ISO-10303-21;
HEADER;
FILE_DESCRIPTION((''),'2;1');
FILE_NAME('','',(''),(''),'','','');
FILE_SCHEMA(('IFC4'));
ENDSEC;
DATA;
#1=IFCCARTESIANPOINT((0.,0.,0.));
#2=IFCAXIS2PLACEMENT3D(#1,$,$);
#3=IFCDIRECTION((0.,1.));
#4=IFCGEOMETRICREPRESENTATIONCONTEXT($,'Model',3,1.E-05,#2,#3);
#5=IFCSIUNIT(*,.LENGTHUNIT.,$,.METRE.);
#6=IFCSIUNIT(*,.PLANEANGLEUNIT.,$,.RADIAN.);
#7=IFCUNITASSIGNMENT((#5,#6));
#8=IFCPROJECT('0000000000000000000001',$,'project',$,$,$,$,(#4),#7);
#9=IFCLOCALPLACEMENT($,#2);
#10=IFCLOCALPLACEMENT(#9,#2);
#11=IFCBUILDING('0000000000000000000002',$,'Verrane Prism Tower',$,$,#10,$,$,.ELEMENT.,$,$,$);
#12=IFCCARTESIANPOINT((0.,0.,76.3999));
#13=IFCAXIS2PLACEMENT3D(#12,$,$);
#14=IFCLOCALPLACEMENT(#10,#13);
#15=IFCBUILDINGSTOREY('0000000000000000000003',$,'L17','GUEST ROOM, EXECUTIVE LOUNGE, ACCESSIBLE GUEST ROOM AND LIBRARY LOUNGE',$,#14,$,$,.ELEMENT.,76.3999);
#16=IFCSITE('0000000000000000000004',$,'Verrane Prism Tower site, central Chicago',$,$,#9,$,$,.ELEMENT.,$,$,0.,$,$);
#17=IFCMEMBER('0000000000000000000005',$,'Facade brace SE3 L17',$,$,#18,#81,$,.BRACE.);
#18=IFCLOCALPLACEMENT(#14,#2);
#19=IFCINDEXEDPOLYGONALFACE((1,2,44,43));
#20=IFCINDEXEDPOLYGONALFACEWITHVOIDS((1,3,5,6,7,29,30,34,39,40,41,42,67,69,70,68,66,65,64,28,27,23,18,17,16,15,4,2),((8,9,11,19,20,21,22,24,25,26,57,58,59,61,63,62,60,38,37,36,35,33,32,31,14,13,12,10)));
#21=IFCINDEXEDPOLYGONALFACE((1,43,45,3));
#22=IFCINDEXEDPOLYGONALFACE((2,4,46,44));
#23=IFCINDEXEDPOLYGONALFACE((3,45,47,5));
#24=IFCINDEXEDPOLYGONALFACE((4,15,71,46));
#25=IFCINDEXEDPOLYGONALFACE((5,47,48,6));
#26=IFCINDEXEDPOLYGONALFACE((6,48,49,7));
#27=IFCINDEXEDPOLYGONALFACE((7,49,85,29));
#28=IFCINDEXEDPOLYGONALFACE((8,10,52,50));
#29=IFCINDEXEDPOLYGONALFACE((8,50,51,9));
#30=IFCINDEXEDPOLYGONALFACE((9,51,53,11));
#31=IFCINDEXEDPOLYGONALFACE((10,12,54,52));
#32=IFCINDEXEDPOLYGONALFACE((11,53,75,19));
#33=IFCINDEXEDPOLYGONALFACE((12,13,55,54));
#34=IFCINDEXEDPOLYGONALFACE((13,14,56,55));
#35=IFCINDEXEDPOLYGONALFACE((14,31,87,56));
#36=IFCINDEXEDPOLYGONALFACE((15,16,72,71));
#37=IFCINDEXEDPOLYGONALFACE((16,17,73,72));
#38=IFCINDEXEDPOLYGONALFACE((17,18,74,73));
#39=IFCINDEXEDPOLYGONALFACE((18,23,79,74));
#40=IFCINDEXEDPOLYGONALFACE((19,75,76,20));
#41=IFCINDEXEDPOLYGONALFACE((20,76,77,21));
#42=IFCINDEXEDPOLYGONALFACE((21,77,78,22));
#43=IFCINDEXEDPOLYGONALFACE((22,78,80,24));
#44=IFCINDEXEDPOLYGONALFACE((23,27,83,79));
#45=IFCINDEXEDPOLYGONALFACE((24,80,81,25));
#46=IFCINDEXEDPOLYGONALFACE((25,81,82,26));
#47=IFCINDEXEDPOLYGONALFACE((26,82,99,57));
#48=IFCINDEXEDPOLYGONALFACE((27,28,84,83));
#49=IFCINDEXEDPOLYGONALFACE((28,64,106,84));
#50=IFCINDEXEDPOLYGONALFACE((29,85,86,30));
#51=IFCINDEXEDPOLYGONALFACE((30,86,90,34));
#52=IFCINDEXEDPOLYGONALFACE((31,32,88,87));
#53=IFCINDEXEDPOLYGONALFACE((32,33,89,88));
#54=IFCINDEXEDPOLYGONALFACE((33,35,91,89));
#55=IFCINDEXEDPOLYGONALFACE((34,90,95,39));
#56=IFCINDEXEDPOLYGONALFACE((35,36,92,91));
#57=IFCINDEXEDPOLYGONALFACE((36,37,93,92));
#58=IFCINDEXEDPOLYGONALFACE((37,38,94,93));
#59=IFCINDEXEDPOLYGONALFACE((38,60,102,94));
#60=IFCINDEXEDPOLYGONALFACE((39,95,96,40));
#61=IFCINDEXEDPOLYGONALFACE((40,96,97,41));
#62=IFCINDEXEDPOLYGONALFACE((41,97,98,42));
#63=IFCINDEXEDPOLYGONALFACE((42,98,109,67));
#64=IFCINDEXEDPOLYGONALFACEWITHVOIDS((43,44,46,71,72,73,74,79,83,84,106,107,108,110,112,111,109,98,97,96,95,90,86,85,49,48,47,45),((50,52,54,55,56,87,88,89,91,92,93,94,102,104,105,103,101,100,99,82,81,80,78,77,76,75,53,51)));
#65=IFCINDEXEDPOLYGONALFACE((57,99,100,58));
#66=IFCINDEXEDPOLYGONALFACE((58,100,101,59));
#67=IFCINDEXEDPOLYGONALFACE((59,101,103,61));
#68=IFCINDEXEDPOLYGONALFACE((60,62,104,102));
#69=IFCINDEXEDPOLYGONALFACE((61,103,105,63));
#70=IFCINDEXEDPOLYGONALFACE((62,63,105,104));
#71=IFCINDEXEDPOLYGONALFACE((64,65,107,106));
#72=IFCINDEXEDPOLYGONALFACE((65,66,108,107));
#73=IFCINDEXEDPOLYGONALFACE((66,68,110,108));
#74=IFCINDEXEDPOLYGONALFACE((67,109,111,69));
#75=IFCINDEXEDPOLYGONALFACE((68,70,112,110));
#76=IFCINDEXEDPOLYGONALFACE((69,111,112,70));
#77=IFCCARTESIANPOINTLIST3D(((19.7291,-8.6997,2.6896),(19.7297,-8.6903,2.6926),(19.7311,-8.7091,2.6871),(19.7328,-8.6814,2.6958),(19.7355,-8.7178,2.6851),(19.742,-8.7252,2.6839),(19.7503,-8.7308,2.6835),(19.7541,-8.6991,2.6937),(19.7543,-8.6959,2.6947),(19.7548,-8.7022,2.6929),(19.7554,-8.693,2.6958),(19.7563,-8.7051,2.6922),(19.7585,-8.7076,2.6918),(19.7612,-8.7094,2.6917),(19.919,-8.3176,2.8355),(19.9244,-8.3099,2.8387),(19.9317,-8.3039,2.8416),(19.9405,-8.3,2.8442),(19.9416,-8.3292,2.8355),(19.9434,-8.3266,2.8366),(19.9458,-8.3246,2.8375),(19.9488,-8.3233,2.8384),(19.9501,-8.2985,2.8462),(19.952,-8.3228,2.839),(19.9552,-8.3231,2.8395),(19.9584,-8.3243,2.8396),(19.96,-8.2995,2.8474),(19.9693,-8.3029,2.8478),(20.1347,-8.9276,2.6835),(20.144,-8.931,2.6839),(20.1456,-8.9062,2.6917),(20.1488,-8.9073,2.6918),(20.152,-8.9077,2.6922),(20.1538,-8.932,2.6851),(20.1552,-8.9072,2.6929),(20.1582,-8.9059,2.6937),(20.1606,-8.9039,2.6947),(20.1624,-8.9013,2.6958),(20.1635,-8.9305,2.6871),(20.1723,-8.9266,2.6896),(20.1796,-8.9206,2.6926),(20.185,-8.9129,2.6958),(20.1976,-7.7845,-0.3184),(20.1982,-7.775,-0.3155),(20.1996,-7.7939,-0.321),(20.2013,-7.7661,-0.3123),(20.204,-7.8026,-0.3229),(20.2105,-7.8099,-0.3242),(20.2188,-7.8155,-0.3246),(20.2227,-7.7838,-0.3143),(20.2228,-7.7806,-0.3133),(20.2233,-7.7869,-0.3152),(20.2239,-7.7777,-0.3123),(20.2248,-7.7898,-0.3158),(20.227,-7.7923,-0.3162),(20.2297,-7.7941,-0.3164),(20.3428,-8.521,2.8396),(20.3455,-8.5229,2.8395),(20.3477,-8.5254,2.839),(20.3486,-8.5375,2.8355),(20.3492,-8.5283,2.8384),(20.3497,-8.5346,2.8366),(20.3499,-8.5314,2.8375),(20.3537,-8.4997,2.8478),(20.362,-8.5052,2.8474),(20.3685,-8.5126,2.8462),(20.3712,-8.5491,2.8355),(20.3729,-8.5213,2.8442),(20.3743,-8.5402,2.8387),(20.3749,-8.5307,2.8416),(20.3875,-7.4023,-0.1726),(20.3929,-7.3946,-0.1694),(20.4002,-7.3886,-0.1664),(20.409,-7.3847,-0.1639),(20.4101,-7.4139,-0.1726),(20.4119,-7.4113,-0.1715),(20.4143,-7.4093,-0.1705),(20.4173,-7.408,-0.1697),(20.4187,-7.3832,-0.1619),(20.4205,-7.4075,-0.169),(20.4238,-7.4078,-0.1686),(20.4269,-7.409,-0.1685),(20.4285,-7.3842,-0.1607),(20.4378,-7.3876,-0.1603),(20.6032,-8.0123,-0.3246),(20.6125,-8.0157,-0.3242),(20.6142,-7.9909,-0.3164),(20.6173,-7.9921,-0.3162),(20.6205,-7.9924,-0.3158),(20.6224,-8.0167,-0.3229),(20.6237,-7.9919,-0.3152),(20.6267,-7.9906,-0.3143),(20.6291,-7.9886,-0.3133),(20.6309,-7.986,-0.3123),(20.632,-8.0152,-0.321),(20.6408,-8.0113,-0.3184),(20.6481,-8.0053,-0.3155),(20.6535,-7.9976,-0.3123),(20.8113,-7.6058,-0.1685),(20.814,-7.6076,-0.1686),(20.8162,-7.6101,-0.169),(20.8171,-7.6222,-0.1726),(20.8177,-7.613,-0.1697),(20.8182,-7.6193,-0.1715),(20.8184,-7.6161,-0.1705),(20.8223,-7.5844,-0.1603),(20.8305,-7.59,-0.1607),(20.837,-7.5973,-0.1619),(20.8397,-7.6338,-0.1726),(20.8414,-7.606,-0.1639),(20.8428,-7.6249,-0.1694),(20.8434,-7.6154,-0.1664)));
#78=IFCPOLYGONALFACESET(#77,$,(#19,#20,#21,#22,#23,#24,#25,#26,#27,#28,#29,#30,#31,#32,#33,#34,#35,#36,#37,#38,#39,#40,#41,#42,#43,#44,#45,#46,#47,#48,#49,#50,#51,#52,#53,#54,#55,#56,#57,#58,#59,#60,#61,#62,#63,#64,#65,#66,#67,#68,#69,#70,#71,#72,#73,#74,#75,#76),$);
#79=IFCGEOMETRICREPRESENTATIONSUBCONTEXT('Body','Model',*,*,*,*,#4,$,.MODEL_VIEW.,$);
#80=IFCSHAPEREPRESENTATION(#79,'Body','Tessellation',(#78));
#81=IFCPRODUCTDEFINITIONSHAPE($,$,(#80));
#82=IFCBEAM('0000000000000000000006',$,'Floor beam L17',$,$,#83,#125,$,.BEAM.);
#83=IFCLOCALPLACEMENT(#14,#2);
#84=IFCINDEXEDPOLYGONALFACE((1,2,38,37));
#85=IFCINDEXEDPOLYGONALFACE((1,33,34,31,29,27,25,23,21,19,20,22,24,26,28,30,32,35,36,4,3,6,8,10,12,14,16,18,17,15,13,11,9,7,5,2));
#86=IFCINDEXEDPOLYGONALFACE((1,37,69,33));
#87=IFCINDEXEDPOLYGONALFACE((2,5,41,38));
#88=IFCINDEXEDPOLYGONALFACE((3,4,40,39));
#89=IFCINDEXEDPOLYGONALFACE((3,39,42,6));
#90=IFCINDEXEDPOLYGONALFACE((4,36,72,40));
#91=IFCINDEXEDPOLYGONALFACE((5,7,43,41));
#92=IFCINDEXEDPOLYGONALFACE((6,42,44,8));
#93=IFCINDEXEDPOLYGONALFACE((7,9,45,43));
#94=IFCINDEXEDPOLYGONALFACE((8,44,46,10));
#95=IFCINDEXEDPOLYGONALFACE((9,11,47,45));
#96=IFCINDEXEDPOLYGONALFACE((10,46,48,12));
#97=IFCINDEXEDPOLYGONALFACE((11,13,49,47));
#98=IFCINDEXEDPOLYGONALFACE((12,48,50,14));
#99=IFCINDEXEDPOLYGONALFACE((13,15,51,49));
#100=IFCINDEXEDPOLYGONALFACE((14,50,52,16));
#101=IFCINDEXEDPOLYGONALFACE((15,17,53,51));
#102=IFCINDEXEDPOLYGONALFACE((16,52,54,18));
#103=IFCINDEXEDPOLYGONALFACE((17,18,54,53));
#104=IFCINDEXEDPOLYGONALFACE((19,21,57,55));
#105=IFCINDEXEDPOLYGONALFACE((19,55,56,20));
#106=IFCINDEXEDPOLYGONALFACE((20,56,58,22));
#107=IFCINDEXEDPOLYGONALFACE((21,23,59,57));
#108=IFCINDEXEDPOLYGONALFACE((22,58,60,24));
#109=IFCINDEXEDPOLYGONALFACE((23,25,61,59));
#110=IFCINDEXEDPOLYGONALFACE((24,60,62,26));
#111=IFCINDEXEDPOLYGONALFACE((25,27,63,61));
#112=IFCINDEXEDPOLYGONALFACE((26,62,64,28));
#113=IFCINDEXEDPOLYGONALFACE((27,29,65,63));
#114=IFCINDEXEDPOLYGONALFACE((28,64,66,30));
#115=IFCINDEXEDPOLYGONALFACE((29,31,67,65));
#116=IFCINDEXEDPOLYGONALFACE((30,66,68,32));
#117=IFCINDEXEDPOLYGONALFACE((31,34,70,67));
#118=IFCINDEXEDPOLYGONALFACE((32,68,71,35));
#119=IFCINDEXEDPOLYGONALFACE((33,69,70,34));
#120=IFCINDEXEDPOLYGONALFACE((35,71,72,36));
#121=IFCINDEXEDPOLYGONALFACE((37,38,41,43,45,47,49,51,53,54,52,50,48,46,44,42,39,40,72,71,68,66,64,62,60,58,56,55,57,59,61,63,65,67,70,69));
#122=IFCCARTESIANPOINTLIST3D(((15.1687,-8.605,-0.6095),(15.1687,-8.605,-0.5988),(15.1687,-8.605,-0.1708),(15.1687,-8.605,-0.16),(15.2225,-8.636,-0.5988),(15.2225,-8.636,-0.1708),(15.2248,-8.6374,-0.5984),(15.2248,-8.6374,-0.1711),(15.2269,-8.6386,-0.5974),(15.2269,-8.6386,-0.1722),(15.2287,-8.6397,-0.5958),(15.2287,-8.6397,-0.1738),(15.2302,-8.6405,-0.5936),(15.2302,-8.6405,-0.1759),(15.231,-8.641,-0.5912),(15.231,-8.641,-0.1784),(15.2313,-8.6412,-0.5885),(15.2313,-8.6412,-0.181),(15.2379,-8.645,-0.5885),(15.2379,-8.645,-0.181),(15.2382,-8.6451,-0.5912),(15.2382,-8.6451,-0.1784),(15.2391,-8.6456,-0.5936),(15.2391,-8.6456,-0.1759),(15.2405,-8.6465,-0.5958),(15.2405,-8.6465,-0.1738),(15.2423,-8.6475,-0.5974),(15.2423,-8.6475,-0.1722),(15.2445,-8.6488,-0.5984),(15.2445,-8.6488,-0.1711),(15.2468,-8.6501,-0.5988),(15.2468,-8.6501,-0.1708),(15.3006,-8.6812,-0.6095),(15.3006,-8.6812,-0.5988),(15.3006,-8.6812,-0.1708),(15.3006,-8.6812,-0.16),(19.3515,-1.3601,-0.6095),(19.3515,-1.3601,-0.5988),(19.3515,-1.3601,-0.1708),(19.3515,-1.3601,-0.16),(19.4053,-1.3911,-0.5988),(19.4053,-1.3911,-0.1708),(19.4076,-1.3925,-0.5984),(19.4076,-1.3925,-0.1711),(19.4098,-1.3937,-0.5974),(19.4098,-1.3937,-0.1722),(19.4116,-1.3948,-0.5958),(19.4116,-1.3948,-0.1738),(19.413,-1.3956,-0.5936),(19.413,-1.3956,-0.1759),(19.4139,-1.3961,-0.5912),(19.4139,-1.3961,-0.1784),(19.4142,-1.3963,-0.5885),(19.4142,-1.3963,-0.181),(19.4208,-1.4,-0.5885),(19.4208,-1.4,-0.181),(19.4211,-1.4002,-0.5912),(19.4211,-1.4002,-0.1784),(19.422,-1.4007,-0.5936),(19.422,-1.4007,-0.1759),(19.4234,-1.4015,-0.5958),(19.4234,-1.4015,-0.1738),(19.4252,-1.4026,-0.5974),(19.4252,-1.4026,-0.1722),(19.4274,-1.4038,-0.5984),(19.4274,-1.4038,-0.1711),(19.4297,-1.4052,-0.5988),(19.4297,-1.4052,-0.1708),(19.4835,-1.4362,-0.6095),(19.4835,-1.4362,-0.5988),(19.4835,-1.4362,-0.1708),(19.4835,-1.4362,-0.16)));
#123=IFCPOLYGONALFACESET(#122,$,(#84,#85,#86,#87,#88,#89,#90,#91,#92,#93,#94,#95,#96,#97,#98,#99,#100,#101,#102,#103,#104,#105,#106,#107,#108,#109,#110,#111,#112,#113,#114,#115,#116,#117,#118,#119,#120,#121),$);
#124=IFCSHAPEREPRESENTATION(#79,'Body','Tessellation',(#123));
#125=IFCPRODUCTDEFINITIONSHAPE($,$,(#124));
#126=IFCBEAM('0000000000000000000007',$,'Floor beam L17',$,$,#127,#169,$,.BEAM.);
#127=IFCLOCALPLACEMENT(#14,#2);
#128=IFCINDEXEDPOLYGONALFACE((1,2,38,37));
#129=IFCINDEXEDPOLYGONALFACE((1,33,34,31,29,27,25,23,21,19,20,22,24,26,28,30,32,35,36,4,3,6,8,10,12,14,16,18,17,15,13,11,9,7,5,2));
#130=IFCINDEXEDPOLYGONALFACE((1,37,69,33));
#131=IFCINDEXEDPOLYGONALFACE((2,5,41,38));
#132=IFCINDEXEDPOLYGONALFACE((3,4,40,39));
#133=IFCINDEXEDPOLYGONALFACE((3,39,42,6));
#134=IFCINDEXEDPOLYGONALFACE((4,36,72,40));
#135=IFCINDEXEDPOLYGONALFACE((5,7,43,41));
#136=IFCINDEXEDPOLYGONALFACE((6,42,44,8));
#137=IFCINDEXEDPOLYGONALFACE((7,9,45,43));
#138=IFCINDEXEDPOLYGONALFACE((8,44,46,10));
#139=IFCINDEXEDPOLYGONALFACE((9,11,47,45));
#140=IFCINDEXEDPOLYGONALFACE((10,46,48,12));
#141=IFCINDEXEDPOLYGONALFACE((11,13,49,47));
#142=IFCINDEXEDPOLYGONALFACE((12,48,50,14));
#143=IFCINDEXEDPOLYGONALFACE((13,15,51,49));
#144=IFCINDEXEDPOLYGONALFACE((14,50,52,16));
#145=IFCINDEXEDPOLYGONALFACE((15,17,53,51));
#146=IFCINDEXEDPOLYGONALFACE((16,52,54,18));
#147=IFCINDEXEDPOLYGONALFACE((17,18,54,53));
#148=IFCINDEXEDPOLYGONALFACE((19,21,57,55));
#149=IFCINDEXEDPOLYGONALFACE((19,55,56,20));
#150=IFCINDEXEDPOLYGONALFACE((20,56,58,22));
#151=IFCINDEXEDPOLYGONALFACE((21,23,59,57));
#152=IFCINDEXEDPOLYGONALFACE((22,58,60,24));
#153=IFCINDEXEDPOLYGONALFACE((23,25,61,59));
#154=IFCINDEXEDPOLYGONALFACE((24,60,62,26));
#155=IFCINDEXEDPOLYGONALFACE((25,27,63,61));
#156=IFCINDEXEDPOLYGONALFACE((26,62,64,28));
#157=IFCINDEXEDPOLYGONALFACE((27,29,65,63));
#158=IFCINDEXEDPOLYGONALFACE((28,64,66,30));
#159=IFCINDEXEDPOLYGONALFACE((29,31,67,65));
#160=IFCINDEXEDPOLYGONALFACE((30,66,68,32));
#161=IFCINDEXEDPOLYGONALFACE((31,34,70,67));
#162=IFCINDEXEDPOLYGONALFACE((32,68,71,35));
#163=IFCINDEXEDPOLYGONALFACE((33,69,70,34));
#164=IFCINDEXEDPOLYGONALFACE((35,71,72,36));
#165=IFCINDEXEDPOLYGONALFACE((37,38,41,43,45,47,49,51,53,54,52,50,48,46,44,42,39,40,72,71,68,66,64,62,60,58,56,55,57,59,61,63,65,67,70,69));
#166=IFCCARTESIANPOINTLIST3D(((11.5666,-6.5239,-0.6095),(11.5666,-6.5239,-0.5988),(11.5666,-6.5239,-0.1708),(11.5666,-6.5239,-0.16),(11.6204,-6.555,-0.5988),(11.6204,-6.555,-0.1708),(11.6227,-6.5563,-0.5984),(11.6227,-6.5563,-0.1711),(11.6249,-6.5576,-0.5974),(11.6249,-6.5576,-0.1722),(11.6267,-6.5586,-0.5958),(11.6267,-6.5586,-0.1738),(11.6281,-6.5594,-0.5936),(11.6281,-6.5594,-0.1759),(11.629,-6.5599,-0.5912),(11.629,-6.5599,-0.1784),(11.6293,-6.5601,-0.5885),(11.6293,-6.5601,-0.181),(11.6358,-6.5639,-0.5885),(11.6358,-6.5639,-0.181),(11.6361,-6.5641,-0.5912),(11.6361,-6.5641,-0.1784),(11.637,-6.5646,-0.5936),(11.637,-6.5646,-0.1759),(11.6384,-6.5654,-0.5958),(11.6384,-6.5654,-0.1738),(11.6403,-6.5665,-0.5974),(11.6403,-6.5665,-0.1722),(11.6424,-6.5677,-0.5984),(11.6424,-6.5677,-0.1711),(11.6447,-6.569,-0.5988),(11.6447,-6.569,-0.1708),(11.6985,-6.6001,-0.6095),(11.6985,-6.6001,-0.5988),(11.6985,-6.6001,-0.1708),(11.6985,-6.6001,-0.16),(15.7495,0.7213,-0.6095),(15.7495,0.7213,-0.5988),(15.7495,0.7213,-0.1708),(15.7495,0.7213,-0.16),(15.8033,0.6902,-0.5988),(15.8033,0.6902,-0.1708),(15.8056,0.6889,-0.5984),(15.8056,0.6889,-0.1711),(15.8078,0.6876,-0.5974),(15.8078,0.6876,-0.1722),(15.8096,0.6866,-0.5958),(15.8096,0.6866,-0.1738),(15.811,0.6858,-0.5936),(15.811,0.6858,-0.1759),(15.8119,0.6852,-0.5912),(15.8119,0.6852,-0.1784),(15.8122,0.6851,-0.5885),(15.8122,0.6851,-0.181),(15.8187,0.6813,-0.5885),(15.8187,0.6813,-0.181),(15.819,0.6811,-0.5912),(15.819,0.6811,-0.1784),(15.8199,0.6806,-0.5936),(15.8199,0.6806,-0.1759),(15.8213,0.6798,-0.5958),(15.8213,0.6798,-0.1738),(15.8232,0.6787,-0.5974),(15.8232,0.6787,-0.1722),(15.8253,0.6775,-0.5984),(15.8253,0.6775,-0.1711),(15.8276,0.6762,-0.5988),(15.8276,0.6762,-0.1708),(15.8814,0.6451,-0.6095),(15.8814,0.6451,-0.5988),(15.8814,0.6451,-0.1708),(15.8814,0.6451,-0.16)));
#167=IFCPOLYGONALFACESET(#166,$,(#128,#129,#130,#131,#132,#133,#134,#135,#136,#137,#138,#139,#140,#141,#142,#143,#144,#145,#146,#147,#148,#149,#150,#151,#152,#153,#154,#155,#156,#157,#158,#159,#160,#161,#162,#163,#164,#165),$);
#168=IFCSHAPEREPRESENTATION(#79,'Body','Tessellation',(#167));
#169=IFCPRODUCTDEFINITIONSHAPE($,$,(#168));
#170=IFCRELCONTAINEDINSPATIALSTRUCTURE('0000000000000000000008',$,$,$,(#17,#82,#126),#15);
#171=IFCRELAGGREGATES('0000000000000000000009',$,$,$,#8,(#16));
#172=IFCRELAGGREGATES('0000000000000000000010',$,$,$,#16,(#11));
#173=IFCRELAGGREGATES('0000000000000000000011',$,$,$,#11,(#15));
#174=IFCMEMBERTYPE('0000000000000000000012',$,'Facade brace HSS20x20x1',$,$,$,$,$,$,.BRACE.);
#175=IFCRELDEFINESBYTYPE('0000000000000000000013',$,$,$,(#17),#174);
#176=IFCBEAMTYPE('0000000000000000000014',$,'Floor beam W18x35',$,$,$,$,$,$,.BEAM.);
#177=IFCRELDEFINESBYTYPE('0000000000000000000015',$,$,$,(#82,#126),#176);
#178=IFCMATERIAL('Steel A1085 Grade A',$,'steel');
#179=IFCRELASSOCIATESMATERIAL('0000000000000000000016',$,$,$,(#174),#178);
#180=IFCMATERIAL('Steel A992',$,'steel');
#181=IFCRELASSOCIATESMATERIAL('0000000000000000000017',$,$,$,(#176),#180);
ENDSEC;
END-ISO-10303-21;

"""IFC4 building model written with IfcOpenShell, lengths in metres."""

from ifc_helpers import new_model, si_unit, direction, frame, origin, origin_2d, place, context, subcontext, project, spatial, hollow_rectangle, i_section, extrude, material, material_profile, profile_set, type_object, element, save


model = new_model("IFC4")

# Units and contexts
model_context = context("Model", 3, precision=1e-05, world=origin(), true_north=direction((0.0, 1.0)))
body_context = subcontext(model_context, "Body", "Model", "MODEL_VIEW")
ifc_project = project(units=[si_unit("LENGTHUNIT", "METRE"), si_unit("PLANEANGLEUNIT", "RADIAN")], contexts=[model_context])

# Site, building, storey
site_placement = place(None, origin())
site = spatial("IfcSite", under=ifc_project, at=site_placement, Name="Verrane Prism Tower site, central Chicago", CompositionType="ELEMENT", RefElevation=0.0)
building_placement = place(site_placement, origin())
building = spatial("IfcBuilding", under=site, at=building_placement, Name="Verrane Prism Tower", CompositionType="ELEMENT")
storey_placement = place(building_placement, frame((0.0, 0.0, 76.3999)))
storey = spatial("IfcBuildingStorey", under=building, at=storey_placement, Name="L17", Description="GUEST ROOM, EXECUTIVE LOUNGE, ACCESSIBLE GUEST ROOM AND LIBRARY LOUNGE", CompositionType="ELEMENT", Elevation=76.3999)

# Member
ifc_material_1 = material(Name="Steel A1085 Grade A", Category="steel")
ifc_material_profile_1 = material_profile(ifc_material_1, hollow_rectangle(XDim=0.5081, YDim=0.5081, WallThickness=0.0254, InnerFilletRadius=0.0127, OuterFilletRadius=0.0381, at=origin_2d()), Name="HSS20x20x1")
ifc_profile_set_1 = profile_set([ifc_material_profile_1], Name="Steel A1085 Grade A")
member_type_1 = type_object("IfcMemberType", Name="Facade brace HSS20x20x1", PredefinedType="BRACE", material=ifc_profile_set_1)
member_1_placement = place(storey_placement, frame((20.5205, -7.7, -0.2424), z_axis=(-0.147378, -0.287921, 0.946246), x_axis=(0.890161, -0.455646, 0.0)))
element("IfcMember", 1, at=member_1_placement, inside=storey, type_object=member_type_1, Name="Facade brace SE3 L17", PredefinedType="BRACE", context=body_context, shape_type="SweptSolid", body=[
    extrude(hollow_rectangle(XDim=0.5081, YDim=0.5081, WallThickness=0.0254, InnerFilletRadius=0.0127, OuterFilletRadius=0.0381, at=origin_2d()), origin(), (0.0, 0.0, 1.0), 3.179),
])

# Beams
ifc_material_2 = material(Name="Steel A992", Category="steel")
ifc_material_profile_2 = material_profile(ifc_material_2, i_section(OverallWidth=0.1523, OverallDepth=0.4495, WebThickness=0.0076, FlangeThickness=0.0107, FilletRadius=0.0103, at=origin_2d()), Name="W18x35")
ifc_profile_set_2 = profile_set([ifc_material_profile_2], Name="Steel A992")
beam_type_1 = type_object("IfcBeamType", Name="Floor beam W18x35", PredefinedType="BEAM", material=ifc_profile_set_2)
beam_1_placement = place(storey_placement, frame((15.2346, -8.6431, -0.3848), z_axis=(0.500003, 0.866024, 0.0), x_axis=(-0.866024, 0.500003, 0.0)))
element("IfcBeam", 2, at=beam_1_placement, inside=storey, type_object=beam_type_1, Name="Floor beam L17", PredefinedType="BEAM", context=body_context, shape_type="SweptSolid", body=[
    extrude(i_section(OverallWidth=0.1523, OverallDepth=0.4495, WebThickness=0.0076, FlangeThickness=0.0107, FilletRadius=0.0103, at=origin_2d()), origin(), (0.0, 0.0, 1.0), 8.3657),
])
beam_2_placement = place(storey_placement, frame((11.6326, -6.562, -0.3848), z_axis=(0.49999, 0.866031, 0.0), x_axis=(-0.866031, 0.49999, 0.0)))
element("IfcBeam", 3, at=beam_2_placement, inside=storey, type_object=beam_type_1, Name="Floor beam L17", PredefinedType="BEAM", context=body_context, shape_type="SweptSolid", body=[
    extrude(i_section(OverallWidth=0.1523, OverallDepth=0.4495, WebThickness=0.0076, FlangeThickness=0.0107, FilletRadius=0.0103, at=origin_2d()), origin(), (0.0, 0.0, 1.0), 8.366),
])

save(model, "model.ifc")
